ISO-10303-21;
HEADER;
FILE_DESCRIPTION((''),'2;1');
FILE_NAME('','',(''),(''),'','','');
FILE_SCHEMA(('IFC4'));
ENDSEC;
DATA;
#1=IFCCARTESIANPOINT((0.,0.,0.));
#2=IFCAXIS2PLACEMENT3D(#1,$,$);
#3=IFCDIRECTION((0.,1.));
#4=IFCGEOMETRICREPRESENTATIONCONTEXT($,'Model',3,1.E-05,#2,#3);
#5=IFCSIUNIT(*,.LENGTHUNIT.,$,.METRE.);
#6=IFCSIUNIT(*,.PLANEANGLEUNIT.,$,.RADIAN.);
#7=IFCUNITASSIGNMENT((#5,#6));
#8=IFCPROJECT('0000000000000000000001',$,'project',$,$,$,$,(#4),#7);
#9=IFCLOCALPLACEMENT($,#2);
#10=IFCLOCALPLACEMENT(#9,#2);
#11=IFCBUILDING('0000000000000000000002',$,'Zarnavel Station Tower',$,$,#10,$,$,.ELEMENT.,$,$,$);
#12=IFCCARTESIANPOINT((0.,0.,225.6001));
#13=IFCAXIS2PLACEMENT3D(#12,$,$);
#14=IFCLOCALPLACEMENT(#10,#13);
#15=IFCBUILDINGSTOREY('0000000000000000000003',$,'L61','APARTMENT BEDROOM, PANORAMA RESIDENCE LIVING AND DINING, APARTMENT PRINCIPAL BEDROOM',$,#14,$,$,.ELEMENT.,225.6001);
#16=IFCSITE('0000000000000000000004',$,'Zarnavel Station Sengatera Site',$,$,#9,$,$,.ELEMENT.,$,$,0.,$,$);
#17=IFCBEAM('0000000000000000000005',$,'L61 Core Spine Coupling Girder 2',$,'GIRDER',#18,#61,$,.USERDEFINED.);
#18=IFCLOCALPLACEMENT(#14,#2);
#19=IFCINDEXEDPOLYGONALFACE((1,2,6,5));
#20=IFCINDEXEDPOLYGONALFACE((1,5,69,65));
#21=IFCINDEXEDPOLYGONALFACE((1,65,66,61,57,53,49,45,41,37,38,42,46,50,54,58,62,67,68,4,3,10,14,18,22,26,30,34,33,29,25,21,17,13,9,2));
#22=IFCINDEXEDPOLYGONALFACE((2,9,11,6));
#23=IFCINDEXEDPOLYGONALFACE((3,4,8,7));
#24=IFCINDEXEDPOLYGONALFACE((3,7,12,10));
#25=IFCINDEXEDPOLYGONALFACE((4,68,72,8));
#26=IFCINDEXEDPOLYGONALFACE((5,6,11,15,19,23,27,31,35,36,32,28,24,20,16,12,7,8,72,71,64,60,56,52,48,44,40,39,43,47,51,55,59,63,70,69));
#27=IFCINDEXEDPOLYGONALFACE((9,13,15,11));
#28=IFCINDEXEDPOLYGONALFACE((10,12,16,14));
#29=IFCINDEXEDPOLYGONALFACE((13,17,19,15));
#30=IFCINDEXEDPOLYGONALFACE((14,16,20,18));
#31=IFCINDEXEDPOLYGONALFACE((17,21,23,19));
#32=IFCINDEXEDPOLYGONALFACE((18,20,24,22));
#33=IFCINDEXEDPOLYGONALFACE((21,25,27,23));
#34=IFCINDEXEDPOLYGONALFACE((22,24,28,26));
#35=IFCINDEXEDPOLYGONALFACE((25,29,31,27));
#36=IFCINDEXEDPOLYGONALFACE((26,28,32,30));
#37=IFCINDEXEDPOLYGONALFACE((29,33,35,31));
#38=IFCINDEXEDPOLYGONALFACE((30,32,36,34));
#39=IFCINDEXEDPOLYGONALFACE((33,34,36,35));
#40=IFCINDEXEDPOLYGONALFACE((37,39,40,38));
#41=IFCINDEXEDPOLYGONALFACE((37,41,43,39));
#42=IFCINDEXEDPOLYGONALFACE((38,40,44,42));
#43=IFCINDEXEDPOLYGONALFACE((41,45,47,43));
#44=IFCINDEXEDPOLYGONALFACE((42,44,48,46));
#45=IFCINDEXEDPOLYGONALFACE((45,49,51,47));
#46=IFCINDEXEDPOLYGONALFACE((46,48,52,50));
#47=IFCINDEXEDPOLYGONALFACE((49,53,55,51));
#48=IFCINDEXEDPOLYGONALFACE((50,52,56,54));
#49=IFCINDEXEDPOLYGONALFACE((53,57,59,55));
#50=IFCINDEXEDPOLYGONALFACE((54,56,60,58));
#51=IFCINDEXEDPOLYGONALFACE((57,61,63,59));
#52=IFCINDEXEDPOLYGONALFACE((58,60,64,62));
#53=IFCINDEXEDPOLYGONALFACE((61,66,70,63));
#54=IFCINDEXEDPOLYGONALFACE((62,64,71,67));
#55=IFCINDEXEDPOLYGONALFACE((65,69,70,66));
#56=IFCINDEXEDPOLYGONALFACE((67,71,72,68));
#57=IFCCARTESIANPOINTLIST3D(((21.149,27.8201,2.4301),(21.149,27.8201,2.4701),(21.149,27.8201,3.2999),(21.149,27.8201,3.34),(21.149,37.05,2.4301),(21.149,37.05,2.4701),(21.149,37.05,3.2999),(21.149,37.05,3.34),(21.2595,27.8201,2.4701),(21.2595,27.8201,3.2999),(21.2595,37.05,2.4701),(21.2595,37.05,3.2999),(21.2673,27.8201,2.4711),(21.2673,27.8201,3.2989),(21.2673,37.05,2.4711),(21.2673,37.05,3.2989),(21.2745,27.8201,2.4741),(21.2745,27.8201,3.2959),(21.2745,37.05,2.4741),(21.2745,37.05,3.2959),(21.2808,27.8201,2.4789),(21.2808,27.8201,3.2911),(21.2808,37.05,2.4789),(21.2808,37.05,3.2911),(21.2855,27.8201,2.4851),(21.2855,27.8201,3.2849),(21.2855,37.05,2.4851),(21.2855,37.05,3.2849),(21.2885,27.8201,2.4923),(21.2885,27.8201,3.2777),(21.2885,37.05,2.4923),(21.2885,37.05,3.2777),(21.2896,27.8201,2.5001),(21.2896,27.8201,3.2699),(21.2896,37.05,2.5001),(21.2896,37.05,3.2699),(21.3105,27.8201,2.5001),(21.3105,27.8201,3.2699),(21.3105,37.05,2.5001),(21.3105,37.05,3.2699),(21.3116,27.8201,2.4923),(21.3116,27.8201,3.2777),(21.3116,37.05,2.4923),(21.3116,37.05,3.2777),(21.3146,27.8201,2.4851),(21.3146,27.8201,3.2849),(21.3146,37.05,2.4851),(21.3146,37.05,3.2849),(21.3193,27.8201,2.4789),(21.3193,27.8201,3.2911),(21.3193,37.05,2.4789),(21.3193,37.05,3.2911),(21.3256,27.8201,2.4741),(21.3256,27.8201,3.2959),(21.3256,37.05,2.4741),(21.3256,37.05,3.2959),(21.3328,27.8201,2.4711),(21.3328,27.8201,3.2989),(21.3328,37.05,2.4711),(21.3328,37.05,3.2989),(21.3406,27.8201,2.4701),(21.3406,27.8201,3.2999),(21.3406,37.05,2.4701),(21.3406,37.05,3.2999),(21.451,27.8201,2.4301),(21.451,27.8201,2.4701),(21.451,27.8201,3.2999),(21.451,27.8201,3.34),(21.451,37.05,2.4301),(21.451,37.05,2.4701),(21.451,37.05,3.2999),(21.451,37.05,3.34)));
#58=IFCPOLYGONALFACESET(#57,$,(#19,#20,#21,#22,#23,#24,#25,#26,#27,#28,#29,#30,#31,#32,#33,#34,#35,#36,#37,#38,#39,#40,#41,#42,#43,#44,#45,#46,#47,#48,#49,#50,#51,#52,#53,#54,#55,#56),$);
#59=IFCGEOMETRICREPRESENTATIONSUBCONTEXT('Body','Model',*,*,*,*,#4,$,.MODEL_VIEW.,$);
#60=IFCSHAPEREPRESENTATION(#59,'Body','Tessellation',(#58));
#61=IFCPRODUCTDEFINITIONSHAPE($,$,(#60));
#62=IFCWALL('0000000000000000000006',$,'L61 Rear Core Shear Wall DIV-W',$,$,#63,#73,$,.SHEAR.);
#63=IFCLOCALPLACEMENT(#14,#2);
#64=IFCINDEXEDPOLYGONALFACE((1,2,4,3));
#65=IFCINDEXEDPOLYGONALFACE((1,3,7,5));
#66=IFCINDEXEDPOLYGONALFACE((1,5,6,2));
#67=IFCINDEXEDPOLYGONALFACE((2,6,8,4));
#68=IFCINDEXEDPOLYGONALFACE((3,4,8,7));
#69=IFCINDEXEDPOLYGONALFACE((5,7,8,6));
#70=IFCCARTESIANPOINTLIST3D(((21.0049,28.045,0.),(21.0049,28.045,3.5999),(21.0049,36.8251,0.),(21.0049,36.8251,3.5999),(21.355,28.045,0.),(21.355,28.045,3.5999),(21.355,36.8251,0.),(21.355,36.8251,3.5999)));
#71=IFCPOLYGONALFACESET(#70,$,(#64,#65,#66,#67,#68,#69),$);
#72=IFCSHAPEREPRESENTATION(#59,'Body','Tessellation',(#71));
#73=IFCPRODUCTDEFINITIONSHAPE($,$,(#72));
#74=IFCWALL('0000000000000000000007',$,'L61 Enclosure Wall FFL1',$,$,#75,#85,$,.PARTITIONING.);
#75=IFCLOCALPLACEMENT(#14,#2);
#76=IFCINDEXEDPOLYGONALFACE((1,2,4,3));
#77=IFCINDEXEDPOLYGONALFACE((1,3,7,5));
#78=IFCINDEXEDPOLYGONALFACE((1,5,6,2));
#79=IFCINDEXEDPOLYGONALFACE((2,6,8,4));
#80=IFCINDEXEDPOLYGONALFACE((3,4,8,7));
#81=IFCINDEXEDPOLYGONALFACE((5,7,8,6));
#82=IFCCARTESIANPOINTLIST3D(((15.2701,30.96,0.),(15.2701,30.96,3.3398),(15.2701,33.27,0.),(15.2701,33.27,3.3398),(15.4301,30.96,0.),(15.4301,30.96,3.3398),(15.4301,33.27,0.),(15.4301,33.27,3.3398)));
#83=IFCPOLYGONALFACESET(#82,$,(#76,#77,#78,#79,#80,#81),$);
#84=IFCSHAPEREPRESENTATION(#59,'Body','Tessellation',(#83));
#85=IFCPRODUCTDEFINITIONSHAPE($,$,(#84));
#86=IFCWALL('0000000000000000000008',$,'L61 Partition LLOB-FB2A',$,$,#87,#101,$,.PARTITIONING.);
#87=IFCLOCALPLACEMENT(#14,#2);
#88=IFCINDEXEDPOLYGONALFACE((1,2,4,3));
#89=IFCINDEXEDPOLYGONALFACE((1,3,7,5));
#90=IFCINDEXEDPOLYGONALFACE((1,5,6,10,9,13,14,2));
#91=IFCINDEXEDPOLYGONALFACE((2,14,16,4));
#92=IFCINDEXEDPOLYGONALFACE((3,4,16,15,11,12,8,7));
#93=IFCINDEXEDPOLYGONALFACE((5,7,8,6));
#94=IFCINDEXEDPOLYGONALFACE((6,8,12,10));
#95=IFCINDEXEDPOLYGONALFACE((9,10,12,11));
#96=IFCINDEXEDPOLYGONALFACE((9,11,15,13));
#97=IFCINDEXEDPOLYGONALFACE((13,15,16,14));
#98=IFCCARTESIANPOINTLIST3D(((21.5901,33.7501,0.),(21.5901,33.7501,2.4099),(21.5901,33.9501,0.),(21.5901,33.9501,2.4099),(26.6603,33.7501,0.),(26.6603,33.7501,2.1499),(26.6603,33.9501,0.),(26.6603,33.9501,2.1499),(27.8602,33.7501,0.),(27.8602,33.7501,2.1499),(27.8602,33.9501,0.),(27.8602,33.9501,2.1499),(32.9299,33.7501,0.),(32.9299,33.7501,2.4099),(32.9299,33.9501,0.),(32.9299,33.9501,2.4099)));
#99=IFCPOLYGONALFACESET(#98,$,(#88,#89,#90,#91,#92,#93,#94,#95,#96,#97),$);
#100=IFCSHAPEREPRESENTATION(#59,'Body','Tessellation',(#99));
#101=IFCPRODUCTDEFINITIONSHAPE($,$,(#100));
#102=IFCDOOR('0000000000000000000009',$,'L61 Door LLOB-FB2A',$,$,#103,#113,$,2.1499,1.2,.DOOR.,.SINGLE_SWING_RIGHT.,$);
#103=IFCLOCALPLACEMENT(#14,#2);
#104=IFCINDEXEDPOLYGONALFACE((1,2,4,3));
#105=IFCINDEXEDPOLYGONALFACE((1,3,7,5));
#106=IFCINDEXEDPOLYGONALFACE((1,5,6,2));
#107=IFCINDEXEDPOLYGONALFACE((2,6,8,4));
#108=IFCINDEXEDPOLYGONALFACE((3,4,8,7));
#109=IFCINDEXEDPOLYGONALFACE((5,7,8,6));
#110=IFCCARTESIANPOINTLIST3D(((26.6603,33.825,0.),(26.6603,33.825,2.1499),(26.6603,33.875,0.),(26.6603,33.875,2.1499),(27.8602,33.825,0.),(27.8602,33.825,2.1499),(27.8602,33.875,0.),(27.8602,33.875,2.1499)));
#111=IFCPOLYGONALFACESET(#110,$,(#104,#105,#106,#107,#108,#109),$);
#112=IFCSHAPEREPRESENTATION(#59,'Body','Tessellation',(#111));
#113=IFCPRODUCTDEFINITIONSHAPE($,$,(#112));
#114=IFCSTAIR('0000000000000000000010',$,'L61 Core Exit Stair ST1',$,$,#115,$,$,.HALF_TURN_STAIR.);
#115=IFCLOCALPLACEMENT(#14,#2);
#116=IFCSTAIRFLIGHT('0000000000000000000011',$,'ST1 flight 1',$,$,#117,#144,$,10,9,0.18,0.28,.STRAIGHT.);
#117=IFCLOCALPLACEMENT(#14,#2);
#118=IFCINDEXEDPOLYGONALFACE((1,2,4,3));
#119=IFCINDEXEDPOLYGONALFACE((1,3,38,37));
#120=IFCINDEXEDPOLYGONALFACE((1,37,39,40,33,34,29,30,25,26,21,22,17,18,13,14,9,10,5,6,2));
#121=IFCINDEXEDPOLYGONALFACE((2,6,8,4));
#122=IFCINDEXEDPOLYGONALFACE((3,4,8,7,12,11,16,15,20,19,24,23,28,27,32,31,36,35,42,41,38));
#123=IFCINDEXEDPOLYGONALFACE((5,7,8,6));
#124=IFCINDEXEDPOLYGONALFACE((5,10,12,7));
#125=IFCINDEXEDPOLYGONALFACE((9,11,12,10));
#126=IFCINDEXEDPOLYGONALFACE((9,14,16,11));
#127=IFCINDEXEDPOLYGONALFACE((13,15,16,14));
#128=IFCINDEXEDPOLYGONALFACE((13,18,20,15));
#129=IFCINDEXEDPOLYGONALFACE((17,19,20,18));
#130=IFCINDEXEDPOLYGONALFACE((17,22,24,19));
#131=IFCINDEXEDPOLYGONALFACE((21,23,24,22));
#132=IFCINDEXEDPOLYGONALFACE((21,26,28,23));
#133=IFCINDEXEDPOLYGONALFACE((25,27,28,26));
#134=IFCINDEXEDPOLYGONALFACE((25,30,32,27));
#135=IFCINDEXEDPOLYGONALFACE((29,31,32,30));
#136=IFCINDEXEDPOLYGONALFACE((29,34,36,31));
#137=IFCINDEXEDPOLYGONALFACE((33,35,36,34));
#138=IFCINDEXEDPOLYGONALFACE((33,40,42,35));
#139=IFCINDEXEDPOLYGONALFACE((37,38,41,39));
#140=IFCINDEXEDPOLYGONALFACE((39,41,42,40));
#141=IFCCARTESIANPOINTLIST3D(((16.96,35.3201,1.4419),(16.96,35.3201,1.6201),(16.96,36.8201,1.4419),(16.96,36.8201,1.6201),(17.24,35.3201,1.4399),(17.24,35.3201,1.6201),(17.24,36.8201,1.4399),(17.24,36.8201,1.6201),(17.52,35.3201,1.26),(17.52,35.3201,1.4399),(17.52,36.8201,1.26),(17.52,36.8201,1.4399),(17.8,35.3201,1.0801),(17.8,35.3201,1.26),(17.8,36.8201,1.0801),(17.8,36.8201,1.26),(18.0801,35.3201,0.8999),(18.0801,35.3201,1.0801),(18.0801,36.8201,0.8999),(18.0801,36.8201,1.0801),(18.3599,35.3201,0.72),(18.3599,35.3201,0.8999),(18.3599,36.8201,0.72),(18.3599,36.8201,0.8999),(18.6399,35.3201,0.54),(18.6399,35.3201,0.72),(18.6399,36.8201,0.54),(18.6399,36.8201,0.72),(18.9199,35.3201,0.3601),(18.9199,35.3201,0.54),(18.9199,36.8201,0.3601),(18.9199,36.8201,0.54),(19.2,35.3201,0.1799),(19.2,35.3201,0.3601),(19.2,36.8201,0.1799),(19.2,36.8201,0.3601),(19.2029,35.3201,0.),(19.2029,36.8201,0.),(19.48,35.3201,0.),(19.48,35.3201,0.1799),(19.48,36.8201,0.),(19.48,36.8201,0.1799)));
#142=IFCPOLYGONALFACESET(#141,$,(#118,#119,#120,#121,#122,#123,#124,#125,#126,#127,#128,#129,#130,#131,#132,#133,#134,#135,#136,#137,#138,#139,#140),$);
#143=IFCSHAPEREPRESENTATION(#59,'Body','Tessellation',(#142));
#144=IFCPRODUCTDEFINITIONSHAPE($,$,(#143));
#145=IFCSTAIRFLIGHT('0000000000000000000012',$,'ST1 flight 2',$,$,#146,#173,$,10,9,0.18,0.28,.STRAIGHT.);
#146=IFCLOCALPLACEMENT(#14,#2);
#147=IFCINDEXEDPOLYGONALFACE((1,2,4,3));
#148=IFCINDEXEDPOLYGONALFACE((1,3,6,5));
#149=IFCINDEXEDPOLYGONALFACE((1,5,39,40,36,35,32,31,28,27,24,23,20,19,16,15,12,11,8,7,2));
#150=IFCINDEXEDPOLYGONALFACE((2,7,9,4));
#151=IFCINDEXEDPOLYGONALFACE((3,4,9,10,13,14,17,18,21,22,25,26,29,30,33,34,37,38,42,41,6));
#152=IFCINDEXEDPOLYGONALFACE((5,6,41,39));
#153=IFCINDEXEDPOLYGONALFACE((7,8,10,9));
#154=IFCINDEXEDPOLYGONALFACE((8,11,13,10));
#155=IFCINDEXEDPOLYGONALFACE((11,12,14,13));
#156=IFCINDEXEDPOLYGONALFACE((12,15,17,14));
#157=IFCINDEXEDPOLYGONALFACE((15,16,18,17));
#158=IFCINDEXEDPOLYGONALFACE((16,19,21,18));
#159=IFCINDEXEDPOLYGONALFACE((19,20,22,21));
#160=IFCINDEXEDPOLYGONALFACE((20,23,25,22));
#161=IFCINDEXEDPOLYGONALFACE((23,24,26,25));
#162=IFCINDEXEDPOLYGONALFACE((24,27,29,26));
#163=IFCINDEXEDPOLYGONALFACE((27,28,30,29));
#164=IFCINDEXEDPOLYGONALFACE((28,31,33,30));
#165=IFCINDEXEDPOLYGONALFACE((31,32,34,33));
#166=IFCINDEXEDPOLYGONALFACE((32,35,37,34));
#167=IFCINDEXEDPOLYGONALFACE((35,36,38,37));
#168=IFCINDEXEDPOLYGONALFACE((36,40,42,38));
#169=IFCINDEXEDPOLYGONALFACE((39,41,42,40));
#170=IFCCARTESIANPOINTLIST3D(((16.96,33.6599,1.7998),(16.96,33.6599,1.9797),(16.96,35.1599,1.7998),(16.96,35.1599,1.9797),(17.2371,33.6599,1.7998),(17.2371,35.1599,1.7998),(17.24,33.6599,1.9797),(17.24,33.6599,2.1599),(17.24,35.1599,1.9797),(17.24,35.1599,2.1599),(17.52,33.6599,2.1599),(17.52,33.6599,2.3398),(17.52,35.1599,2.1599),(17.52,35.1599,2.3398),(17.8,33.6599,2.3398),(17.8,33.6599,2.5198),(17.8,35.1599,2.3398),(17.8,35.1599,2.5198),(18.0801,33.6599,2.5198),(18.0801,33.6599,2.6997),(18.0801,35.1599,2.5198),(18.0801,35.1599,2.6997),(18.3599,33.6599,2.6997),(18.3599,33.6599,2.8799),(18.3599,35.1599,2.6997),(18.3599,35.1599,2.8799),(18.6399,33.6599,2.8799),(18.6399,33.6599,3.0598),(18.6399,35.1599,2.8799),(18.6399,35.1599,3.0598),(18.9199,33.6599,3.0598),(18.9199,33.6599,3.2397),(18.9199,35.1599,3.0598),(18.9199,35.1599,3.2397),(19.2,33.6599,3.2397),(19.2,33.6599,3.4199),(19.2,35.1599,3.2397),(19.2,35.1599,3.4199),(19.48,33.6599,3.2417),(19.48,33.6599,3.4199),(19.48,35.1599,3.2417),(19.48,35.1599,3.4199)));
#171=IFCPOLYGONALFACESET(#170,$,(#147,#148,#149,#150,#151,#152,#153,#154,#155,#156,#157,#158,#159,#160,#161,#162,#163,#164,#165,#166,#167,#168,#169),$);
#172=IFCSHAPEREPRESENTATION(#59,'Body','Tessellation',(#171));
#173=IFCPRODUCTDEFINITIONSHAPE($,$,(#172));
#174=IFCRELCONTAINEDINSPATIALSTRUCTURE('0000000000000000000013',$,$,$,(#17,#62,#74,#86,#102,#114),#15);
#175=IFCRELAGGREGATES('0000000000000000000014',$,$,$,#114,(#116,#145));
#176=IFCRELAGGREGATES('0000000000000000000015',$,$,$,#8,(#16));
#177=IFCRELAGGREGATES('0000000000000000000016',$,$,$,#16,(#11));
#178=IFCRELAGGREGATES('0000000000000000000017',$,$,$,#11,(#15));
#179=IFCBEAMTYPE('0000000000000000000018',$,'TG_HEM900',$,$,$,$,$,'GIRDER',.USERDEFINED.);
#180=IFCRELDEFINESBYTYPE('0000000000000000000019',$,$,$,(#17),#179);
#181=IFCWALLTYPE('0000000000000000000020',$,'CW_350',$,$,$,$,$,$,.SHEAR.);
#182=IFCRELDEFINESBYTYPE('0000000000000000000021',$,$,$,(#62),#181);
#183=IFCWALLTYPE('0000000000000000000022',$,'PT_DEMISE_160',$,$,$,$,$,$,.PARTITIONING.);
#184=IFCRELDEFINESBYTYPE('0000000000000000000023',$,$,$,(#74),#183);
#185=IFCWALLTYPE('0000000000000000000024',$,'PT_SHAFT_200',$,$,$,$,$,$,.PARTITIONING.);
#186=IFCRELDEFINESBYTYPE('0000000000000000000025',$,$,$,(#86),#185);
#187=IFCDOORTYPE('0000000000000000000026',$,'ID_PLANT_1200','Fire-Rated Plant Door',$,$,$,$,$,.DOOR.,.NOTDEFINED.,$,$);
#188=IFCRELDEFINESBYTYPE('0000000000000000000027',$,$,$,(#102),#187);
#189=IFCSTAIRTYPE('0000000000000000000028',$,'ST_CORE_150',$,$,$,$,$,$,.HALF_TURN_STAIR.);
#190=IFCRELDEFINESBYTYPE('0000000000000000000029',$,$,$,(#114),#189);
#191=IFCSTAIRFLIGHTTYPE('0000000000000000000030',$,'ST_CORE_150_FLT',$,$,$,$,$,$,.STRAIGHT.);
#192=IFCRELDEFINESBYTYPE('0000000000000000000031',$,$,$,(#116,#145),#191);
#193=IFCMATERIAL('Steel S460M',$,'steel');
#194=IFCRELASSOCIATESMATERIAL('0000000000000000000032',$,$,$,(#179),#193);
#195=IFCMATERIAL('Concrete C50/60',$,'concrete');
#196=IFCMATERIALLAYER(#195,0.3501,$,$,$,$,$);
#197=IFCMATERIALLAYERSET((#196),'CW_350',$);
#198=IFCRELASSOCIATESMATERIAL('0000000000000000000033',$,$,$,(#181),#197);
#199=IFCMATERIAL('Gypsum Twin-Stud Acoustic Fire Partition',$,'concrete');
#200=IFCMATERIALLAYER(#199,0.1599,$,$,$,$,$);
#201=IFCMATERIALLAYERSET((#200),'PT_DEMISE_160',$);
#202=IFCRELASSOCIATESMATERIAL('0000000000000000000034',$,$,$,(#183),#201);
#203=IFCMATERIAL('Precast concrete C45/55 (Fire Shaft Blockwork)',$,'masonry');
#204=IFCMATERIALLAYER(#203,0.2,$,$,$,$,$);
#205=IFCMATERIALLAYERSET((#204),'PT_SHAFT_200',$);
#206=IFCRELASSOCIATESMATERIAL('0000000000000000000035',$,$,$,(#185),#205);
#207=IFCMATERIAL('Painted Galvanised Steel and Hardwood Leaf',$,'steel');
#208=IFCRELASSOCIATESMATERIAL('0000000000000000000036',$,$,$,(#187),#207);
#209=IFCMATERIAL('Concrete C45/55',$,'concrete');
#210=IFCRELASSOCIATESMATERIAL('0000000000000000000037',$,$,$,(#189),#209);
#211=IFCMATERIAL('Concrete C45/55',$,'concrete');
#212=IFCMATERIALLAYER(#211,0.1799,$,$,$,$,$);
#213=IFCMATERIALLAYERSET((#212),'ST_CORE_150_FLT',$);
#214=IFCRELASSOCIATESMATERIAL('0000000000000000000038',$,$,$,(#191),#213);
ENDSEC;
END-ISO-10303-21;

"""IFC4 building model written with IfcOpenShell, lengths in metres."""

from ifc_helpers import new_model, si_unit, direction, frame, frame_2d, origin, origin_2d, place, context, subcontext, project, spatial, polyline, rectangle, i_section, outline, extrude, material, layer, layer_set, material_profile, profile_set, type_object, element, fill, aggregate, save


model = new_model("IFC4")

# Units and contexts
model_context = context("Model", 3, precision=1e-05, world=origin(), true_north=direction((0.0, 1.0)))
body_context = subcontext(model_context, "Body", "Model", "MODEL_VIEW")
ifc_project = project(units=[si_unit("LENGTHUNIT", "METRE"), si_unit("PLANEANGLEUNIT", "RADIAN")], contexts=[model_context])

# Site, building, storey
site_placement = place(None, origin())
site = spatial("IfcSite", under=ifc_project, at=site_placement, Name="Zarnavel Station Sengatera Site", CompositionType="ELEMENT", RefElevation=0.0)
building_placement = place(site_placement, origin())
building = spatial("IfcBuilding", under=site, at=building_placement, Name="Zarnavel Station Tower", CompositionType="ELEMENT")
storey_placement = place(building_placement, frame((0.0, 0.0, 225.6001)))
storey = spatial("IfcBuildingStorey", under=building, at=storey_placement, Name="L61", Description="APARTMENT BEDROOM, PANORAMA RESIDENCE LIVING AND DINING, APARTMENT PRINCIPAL BEDROOM", CompositionType="ELEMENT", Elevation=225.6001)

# Beam
ifc_material_1 = material(Name="Steel S460M", Category="steel")
ifc_material_profile_1 = material_profile(ifc_material_1, i_section(OverallWidth=0.302, OverallDepth=0.9099, WebThickness=0.021, FlangeThickness=0.04, FilletRadius=0.03, at=origin_2d()), Name="HEM900")
ifc_profile_set_1 = profile_set([ifc_material_profile_1], Name="Steel S460M")
beam_type_1 = type_object("IfcBeamType", Name="TG_HEM900", ElementType="GIRDER", PredefinedType="USERDEFINED", material=ifc_profile_set_1)
beam_1_placement = place(storey_placement, frame((21.3, 27.8201, 2.885), z_axis=(0.0, 1.0, 0.0), x_axis=(-1.0, 0.0, 0.0)))
element("IfcBeam", 1, at=beam_1_placement, inside=storey, type_object=beam_type_1, Name="L61 Core Spine Coupling Girder 2", ObjectType="GIRDER", PredefinedType="USERDEFINED", context=body_context, shape_type="SweptSolid", body=[
    extrude(i_section(OverallWidth=0.302, OverallDepth=0.9099, WebThickness=0.021, FlangeThickness=0.04, FilletRadius=0.03, at=origin_2d()), origin(), (0.0, 0.0, 1.0), 9.23),
])

# Wall
ifc_material_2 = material(Name="Concrete C50/60", Category="concrete")
ifc_layer_1 = layer(ifc_material_2, 0.3501)
ifc_layer_set_1 = layer_set([ifc_layer_1], Name="CW_350")
wall_type_1 = type_object("IfcWallType", Name="CW_350", PredefinedType="SHEAR", material=ifc_layer_set_1)
wall_1_placement = place(storey_placement, frame((21.1799, 28.0449, 0.0), z_axis=(0.0, 0.0, 1.0), x_axis=(0.0, 1.0, 0.0)))
element("IfcWall", 2, at=wall_1_placement, inside=storey, type_object=wall_type_1, Name="L61 Rear Core Shear Wall DIV-W", PredefinedType="SHEAR", context=body_context, shape_type="SweptSolid", body=[
    extrude(rectangle(XDim=8.78, YDim=0.3501, at=frame_2d((4.3901, 0.0))), origin(), (0.0, 0.0, 1.0), 3.5999),
])

# Wall
ifc_material_3 = material(Name="Gypsum Twin-Stud Acoustic Fire Partition", Category="concrete")
ifc_layer_2 = layer(ifc_material_3, 0.1599)
ifc_layer_set_2 = layer_set([ifc_layer_2], Name="PT_DEMISE_160")
wall_type_2 = type_object("IfcWallType", Name="PT_DEMISE_160", PredefinedType="PARTITIONING", material=ifc_layer_set_2)
wall_2_placement = place(storey_placement, frame((15.3501, 30.96, 0.0), z_axis=(0.0, 0.0, 1.0), x_axis=(0.0, 1.0, 0.0)))
element("IfcWall", 3, at=wall_2_placement, inside=storey, type_object=wall_type_2, Name="L61 Enclosure Wall FFL1", PredefinedType="PARTITIONING", context=body_context, shape_type="SweptSolid", body=[
    extrude(rectangle(XDim=2.3101, YDim=0.1599, at=frame_2d((1.155, 0.0))), origin(), (0.0, 0.0, 1.0), 3.3398),
])

# Wall, opening, door
ifc_material_4 = material(Name="Precast concrete C45/55 (Fire Shaft Blockwork)", Category="masonry")
ifc_layer_3 = layer(ifc_material_4, 0.2)
ifc_layer_set_3 = layer_set([ifc_layer_3], Name="PT_SHAFT_200")
wall_type_3 = type_object("IfcWallType", Name="PT_SHAFT_200", PredefinedType="PARTITIONING", material=ifc_layer_set_3)
ifc_material_5 = material(Name="Painted Galvanised Steel and Hardwood Leaf", Category="steel")
door_type_1 = type_object("IfcDoorType", Name="ID_PLANT_1200", Description="Fire-Rated Plant Door", OperationType="NOTDEFINED", PredefinedType="DOOR", material=ifc_material_5)
wall_3_placement = place(storey_placement, frame((21.5901, 33.8501, 0.0), z_axis=(0.0, 0.0, 1.0), x_axis=(1.0, 0.0, 0.0)))
wall_3 = element("IfcWall", 4, at=wall_3_placement, inside=storey, type_object=wall_type_3, Name="L61 Partition LLOB-FB2A", PredefinedType="PARTITIONING", context=body_context, shape_type="SweptSolid", body=[
    extrude(rectangle(XDim=11.3398, YDim=0.2, at=frame_2d((5.6699, 0.0))), origin(), (0.0, 0.0, 1.0), 2.4099),
])
opening_1_placement = place(wall_3_placement, frame((5.0701, 0.0, 0.0)))
opening_1 = element("IfcOpeningElement", 5, at=opening_1_placement, cuts=wall_3, PredefinedType="OPENING", context=body_context, shape_type="SweptSolid", body=[
    extrude(rectangle(XDim=1.2, YDim=2.1499, at=frame_2d((0.6001, 1.075))), frame((0.0, 0.1099, 0.0), z_axis=(0.0, -1.0, 0.0), x_axis=(1.0, 0.0, 0.0)), (0.0, 0.0, 1.0), 0.22),
])
door_1_placement = place(opening_1_placement, origin())
door_1 = element("IfcDoor", 6, at=door_1_placement, inside=storey, type_object=door_type_1, Name="L61 Door LLOB-FB2A", OperationType="SINGLE_SWING_RIGHT", OverallHeight=2.1499, OverallWidth=1.2, PredefinedType="DOOR", context=body_context, shape_type="SweptSolid", body=[
    extrude(rectangle(XDim=1.2, YDim=2.1499, at=frame_2d((0.6001, 1.075))), frame((0.0, 0.0249, 0.0), z_axis=(0.0, -1.0, 0.0), x_axis=(1.0, 0.0, 0.0)), (0.0, 0.0, 1.0), 0.05),
])
fill(opening_1, door_1)

# Stair, stair flights
ifc_material_6 = material(Name="Concrete C45/55", Category="concrete")
stair_type = type_object("IfcStairType", Name="ST_CORE_150", PredefinedType="HALF_TURN_STAIR", material=ifc_material_6)
stair_placement = place(storey_placement, origin())
stair = element("IfcStair", 7, at=stair_placement, inside=storey, type_object=stair_type, Name="L61 Core Exit Stair ST1", PredefinedType="HALF_TURN_STAIR")
ifc_material_7 = material(Name="Concrete C45/55", Category="concrete")
ifc_layer_4 = layer(ifc_material_7, 0.1799)
ifc_layer_set_4 = layer_set([ifc_layer_4], Name="ST_CORE_150_FLT")
stair_flight_type = type_object("IfcStairFlightType", Name="ST_CORE_150_FLT", PredefinedType="STRAIGHT", material=ifc_layer_set_4)
stair_flight_1_placement = place(storey_placement, frame((19.48, 36.0701, 0.0), z_axis=(0.0, 0.0, 1.0), x_axis=(-1.0, 0.0, 0.0)))
stair_flight_1 = element("IfcStairFlight", 8, at=stair_flight_1_placement, type_object=stair_flight_type, Name="ST1 flight 1", NumberOfRisers=10, NumberOfTreads=9, PredefinedType="STRAIGHT", RiserHeight=0.18, TreadLength=0.28, context=body_context, shape_type="SweptSolid", body=[
    extrude(outline(polyline([(0.0, 0.0), (0.0, 0.1799), (0.28, 0.1799), (0.28, 0.3601), (0.5601, 0.3601), (0.5601, 0.54), (0.8401, 0.54), (0.8401, 0.72), (1.1201, 0.72), (1.1201, 0.8999), (1.3999, 0.8999), (1.3999, 1.0801), (1.6799, 1.0801), (1.6799, 1.26), (1.96, 1.26), (1.96, 1.4399), (2.24, 1.4399), (2.24, 1.6201), (2.52, 1.6201), (2.52, 1.8), (2.52, 1.4419), (0.2771, 0.0), (0.0, 0.0)])), frame((0.0, 0.75, 0.0), z_axis=(0.0, -1.0, 0.0), x_axis=(1.0, 0.0, 0.0)), (0.0, 0.0, 1.0), 1.5),
])
stair_flight_2_placement = place(storey_placement, frame((16.96, 34.4099, 1.7998), z_axis=(0.0, 0.0, 1.0), x_axis=(1.0, 0.0, 0.0)))
stair_flight_2 = element("IfcStairFlight", 9, at=stair_flight_2_placement, type_object=stair_flight_type, Name="ST1 flight 2", NumberOfRisers=10, NumberOfTreads=9, PredefinedType="STRAIGHT", RiserHeight=0.18, TreadLength=0.28, context=body_context, shape_type="SweptSolid", body=[
    extrude(outline(polyline([(0.0, 0.0), (0.0, 0.1799), (0.28, 0.1799), (0.28, 0.3601), (0.5601, 0.3601), (0.5601, 0.54), (0.8401, 0.54), (0.8401, 0.72), (1.1201, 0.72), (1.1201, 0.8999), (1.3999, 0.8999), (1.3999, 1.0801), (1.6799, 1.0801), (1.6799, 1.26), (1.96, 1.26), (1.96, 1.4399), (2.24, 1.4399), (2.24, 1.6201), (2.52, 1.6201), (2.52, 1.8), (2.52, 1.4419), (0.2771, 0.0), (0.0, 0.0)])), frame((0.0, 0.75, 0.0), z_axis=(0.0, -1.0, 0.0), x_axis=(1.0, 0.0, 0.0)), (0.0, 0.0, 1.0), 1.5),
])
aggregate(stair, [stair_flight_1, stair_flight_2])

save(model, "model.ifc")
